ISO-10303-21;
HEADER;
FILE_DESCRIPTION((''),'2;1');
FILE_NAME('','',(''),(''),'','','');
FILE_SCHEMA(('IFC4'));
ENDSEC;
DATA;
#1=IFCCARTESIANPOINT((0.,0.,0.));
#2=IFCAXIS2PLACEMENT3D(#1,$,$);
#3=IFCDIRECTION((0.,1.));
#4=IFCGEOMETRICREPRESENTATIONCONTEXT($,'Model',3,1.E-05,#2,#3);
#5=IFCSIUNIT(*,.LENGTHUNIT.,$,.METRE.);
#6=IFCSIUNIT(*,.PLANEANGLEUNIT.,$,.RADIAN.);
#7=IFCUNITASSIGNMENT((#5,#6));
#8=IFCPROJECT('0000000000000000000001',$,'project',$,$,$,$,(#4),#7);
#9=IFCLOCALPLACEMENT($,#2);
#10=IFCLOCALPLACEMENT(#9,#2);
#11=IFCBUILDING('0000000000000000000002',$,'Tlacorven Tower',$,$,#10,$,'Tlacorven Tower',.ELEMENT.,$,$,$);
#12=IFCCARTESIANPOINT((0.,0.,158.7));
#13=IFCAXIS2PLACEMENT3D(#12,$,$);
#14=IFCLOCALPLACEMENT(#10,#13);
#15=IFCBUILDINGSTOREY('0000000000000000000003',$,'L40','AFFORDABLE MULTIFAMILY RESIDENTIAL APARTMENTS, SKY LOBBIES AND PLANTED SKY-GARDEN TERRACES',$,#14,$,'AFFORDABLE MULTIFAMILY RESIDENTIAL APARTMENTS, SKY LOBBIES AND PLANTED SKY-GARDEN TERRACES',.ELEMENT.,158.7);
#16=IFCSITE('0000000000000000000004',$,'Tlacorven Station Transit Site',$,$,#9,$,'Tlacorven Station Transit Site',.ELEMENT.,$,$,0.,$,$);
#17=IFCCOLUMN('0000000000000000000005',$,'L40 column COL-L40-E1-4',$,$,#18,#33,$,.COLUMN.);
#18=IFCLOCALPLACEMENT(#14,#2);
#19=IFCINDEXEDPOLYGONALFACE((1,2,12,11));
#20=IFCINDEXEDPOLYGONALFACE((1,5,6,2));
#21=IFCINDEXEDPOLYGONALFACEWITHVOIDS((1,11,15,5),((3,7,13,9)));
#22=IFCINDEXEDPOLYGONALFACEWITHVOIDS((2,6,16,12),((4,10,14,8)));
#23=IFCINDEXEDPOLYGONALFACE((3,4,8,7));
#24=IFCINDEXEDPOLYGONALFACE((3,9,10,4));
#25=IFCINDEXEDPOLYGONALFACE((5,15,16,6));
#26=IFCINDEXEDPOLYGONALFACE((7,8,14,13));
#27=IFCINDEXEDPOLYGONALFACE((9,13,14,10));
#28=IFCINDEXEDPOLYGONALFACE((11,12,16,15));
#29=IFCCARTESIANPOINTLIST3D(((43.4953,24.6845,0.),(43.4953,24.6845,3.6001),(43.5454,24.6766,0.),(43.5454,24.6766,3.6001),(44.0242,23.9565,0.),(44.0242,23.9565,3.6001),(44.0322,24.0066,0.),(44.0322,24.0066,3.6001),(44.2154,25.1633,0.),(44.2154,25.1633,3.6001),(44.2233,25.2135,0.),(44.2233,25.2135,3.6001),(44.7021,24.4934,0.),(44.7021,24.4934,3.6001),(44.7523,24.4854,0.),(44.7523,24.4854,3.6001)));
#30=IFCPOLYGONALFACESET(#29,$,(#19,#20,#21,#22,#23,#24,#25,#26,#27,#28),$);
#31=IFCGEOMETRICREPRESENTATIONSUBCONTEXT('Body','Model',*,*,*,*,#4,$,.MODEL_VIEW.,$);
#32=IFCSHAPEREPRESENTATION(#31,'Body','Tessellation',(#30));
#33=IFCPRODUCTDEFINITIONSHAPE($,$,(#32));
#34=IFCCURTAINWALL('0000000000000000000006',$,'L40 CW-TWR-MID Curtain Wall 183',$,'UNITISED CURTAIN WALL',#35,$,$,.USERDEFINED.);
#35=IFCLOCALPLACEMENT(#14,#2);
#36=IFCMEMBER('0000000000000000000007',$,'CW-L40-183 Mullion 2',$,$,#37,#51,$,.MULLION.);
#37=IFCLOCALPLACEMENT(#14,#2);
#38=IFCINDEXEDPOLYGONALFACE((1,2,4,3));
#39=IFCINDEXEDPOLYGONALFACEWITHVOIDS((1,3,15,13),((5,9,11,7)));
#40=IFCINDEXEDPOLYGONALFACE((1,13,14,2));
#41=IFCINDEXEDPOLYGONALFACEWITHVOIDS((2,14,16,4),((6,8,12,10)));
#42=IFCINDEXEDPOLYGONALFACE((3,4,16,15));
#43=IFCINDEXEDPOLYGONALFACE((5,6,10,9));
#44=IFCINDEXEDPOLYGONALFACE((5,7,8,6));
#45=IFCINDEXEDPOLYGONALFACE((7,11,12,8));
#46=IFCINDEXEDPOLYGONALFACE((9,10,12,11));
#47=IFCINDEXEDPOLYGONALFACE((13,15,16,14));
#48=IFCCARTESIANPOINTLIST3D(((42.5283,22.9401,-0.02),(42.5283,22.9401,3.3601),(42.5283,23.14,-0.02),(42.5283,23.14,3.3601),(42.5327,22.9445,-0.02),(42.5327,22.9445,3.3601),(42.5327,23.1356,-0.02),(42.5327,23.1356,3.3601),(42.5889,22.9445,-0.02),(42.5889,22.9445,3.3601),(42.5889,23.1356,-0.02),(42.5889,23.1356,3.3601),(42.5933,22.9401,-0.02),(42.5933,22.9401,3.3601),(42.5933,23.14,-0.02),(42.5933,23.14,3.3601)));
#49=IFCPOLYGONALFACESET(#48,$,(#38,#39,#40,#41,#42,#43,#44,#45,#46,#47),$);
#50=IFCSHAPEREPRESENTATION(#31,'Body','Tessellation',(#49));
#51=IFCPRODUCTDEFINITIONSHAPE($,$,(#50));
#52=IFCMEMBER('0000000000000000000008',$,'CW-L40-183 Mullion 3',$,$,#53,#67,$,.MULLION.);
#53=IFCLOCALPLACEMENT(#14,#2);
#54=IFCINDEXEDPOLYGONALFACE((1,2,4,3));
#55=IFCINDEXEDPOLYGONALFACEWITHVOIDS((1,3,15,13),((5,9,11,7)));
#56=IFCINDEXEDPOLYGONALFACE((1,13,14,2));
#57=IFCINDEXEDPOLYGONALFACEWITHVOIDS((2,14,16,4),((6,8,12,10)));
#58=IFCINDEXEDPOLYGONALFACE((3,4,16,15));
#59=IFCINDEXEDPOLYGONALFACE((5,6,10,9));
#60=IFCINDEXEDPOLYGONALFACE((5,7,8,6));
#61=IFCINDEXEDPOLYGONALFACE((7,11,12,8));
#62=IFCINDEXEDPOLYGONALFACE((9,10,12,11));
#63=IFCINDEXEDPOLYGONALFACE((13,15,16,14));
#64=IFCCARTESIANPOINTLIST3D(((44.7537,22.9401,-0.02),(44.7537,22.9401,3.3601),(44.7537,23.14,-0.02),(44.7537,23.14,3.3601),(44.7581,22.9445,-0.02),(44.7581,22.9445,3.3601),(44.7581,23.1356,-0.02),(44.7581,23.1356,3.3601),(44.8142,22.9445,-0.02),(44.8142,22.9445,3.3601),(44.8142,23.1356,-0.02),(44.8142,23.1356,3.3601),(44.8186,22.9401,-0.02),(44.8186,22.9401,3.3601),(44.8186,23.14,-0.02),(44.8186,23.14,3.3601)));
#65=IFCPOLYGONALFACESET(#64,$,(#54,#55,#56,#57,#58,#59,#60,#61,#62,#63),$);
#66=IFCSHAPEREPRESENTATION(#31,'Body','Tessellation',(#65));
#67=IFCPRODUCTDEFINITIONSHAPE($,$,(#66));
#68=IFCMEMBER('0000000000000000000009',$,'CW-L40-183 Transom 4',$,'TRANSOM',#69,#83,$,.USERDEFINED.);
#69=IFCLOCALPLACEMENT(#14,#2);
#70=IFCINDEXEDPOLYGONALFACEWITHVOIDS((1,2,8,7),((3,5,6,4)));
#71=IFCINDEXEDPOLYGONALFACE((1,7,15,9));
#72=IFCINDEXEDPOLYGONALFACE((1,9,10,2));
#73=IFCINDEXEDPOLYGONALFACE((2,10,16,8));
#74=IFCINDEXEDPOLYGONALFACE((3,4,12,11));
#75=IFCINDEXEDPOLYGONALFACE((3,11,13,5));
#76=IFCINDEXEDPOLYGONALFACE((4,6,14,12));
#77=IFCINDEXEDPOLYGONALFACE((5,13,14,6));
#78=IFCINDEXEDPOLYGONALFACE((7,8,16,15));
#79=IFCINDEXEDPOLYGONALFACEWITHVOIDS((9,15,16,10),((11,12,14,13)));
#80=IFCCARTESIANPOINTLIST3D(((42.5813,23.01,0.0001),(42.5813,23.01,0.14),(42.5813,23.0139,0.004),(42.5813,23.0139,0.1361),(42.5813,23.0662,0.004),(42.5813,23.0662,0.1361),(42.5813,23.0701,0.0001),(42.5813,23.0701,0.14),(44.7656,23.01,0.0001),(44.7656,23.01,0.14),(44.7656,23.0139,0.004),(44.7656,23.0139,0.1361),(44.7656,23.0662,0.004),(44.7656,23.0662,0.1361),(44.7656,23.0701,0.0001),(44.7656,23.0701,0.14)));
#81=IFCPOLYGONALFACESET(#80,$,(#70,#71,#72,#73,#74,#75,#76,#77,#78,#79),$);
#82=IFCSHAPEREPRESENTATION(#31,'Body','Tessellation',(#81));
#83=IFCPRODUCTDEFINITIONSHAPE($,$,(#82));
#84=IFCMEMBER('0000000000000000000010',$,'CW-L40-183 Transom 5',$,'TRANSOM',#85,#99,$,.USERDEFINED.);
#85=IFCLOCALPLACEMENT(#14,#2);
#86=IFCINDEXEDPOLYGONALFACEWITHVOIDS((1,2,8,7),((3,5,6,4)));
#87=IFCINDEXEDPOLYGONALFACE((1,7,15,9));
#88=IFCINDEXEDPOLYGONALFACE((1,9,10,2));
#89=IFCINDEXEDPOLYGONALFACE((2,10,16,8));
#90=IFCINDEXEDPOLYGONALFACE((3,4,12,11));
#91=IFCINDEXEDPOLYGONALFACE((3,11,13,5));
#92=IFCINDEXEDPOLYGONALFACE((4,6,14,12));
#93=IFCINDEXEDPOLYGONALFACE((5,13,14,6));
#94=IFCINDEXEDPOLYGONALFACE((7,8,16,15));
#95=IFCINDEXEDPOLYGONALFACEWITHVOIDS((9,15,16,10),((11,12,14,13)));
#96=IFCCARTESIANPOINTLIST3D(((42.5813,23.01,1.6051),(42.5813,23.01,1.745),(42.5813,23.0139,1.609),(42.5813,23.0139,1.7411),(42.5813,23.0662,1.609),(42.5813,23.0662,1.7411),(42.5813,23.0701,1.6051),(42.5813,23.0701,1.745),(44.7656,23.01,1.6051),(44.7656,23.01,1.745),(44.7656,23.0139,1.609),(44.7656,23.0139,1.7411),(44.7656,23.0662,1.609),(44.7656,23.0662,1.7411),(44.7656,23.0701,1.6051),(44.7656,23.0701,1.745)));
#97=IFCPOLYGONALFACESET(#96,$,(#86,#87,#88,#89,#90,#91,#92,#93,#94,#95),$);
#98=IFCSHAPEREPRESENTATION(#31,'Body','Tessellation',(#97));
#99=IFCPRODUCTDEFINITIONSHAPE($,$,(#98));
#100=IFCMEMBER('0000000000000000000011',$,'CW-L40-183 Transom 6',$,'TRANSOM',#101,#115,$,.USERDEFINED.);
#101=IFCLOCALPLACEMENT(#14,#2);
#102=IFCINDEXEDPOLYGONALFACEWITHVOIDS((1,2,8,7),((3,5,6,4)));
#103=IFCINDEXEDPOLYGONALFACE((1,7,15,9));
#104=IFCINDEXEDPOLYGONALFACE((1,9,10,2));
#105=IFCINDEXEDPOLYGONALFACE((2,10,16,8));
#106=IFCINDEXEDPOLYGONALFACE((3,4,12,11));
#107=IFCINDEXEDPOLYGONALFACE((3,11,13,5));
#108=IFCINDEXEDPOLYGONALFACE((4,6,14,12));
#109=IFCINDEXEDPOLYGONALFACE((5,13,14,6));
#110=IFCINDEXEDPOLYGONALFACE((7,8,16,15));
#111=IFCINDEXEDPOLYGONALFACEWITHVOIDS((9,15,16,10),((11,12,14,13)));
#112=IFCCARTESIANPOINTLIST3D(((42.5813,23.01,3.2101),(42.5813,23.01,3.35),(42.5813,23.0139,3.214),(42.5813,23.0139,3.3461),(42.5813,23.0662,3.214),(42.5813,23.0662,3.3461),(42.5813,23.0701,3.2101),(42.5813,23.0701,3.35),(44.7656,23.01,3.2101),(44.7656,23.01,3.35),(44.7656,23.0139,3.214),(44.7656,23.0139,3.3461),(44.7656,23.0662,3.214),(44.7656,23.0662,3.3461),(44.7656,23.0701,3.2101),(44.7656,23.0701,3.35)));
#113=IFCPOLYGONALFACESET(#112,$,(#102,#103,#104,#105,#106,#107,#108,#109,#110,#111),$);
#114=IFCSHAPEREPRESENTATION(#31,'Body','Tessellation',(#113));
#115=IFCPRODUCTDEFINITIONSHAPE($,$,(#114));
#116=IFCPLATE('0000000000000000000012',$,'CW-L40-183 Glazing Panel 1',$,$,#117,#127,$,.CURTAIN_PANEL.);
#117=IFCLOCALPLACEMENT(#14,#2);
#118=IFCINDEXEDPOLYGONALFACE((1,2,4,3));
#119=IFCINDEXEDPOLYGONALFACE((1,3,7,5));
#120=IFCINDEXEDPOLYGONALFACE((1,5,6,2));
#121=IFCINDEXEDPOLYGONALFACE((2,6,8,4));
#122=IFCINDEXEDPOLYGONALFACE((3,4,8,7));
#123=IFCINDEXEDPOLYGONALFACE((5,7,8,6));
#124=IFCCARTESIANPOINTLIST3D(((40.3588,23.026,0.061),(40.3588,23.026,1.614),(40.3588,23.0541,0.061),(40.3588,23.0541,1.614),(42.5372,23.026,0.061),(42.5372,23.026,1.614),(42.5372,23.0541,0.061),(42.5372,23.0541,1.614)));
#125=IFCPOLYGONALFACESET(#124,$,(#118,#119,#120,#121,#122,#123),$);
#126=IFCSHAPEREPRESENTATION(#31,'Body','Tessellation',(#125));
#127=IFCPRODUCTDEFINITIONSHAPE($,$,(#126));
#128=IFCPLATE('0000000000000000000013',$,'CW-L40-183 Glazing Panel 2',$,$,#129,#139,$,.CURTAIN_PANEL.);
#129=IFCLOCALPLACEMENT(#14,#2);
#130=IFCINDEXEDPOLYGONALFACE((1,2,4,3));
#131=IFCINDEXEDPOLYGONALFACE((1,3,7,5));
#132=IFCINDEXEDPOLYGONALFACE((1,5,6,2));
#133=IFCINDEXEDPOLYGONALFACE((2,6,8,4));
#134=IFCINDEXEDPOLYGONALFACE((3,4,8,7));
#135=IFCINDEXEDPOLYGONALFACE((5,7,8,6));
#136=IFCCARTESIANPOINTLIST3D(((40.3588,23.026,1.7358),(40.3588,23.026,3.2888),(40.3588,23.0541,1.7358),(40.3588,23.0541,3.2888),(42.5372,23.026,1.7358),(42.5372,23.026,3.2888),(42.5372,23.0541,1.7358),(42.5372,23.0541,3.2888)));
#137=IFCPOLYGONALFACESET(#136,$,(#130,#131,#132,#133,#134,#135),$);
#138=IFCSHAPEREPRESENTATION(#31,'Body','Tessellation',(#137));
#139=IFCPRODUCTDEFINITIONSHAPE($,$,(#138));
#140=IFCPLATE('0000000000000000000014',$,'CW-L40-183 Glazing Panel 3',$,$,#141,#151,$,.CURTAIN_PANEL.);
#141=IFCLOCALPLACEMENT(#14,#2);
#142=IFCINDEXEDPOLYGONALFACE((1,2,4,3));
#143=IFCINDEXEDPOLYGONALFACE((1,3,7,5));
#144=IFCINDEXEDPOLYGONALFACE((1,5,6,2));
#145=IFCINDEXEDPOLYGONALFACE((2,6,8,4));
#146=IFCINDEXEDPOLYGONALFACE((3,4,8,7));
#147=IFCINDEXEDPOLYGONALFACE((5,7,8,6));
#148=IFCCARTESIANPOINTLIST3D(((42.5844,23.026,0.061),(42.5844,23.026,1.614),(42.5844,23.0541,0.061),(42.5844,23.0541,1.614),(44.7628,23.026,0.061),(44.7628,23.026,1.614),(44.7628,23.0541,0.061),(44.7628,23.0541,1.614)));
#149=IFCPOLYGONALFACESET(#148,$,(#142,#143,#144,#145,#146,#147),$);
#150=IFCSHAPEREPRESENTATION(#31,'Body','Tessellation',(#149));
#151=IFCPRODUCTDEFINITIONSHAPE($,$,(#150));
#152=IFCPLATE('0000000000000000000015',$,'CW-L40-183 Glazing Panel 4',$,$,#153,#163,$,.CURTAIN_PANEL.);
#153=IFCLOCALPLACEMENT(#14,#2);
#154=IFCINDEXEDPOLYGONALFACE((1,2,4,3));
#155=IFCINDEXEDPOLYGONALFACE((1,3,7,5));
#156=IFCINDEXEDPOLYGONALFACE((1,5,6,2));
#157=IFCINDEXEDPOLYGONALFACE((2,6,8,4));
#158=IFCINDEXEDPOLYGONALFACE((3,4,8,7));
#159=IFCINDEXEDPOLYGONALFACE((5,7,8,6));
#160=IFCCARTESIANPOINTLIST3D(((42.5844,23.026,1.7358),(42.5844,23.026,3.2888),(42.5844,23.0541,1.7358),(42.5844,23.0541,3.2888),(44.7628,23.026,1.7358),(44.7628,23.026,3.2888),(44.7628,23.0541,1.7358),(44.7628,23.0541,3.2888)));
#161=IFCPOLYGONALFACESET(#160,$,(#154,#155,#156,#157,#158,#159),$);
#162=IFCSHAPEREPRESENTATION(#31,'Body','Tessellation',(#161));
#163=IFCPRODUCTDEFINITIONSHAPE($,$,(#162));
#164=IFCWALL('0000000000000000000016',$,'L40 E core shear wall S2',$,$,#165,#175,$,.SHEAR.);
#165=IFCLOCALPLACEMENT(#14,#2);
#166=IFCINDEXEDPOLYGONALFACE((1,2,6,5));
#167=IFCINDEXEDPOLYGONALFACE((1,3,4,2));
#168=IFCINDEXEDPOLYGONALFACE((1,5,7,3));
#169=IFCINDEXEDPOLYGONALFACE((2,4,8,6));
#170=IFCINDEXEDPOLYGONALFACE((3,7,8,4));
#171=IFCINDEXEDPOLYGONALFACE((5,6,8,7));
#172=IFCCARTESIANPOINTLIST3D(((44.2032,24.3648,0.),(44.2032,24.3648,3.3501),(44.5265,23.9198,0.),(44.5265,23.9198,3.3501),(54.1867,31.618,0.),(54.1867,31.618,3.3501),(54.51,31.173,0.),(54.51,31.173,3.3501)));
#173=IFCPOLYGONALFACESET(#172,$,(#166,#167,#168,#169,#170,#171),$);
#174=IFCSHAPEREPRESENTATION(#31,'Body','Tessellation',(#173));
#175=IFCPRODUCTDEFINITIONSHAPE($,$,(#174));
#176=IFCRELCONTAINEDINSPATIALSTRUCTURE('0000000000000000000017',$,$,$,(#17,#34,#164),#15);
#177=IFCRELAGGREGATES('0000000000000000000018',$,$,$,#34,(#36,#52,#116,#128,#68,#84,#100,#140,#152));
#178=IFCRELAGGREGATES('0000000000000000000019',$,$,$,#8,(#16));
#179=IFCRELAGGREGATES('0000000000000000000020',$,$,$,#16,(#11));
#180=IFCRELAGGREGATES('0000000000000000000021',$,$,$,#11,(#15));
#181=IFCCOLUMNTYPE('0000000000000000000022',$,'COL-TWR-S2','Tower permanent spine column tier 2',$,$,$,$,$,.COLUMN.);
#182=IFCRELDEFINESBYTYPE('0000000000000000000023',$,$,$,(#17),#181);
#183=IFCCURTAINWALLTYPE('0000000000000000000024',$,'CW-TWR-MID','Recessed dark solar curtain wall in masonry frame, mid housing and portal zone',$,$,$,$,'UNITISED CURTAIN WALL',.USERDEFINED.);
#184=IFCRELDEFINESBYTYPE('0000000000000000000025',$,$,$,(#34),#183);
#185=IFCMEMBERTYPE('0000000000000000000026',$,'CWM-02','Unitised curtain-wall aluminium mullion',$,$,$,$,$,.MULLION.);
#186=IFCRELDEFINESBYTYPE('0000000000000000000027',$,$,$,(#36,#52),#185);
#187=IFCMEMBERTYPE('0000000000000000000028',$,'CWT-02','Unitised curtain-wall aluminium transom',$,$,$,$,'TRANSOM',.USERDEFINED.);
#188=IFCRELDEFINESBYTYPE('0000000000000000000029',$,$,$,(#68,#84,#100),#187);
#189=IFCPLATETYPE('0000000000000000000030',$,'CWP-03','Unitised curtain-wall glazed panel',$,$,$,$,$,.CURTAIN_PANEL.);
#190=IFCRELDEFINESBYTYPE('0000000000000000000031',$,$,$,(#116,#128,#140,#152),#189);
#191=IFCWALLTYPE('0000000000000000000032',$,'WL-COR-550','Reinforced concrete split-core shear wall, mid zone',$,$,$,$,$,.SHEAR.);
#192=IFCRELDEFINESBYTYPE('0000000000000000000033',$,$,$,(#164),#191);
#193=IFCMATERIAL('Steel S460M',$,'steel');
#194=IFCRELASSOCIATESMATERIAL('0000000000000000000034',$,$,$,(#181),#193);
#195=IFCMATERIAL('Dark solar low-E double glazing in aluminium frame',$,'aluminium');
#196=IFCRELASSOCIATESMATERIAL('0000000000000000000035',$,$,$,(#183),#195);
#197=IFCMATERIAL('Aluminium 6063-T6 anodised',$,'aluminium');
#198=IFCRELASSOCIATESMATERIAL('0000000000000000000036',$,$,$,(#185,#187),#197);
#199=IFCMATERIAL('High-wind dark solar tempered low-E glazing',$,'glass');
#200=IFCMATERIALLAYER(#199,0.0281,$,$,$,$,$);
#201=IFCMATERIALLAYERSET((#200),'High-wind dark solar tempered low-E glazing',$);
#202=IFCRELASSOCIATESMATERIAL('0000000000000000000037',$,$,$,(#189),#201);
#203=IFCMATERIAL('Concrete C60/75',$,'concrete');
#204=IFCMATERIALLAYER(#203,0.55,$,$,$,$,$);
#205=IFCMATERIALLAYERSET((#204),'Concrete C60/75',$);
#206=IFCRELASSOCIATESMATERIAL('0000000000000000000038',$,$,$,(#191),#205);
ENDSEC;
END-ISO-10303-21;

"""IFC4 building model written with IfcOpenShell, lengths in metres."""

from ifc_helpers import new_model, si_unit, direction, frame, frame_2d, origin, origin_2d, place, context, subcontext, project, spatial, rectangle, hollow_rectangle, extrude, source, transform, mapped, material, layer, layer_set, material_profile, profile_set, type_object, element, aggregate, save


model = new_model("IFC4")

# Units and contexts
model_context = context("Model", 3, precision=1e-05, world=origin(), true_north=direction((0.0, 1.0)))
body_context = subcontext(model_context, "Body", "Model", "MODEL_VIEW")
ifc_project = project(units=[si_unit("LENGTHUNIT", "METRE"), si_unit("PLANEANGLEUNIT", "RADIAN")], contexts=[model_context])

# Site, building, storey
site_placement = place(None, origin())
site = spatial("IfcSite", under=ifc_project, at=site_placement, Name="Tlacorven Station Transit Site", LongName="Tlacorven Station Transit Site", CompositionType="ELEMENT", RefElevation=0.0)
building_placement = place(site_placement, origin())
building = spatial("IfcBuilding", under=site, at=building_placement, Name="Tlacorven Tower", LongName="Tlacorven Tower", CompositionType="ELEMENT")
storey_placement = place(building_placement, frame((0.0, 0.0, 158.7)))
storey = spatial("IfcBuildingStorey", under=building, at=storey_placement, Name="L40", Description="AFFORDABLE MULTIFAMILY RESIDENTIAL APARTMENTS, SKY LOBBIES AND PLANTED SKY-GARDEN TERRACES", LongName="AFFORDABLE MULTIFAMILY RESIDENTIAL APARTMENTS, SKY LOBBIES AND PLANTED SKY-GARDEN TERRACES", CompositionType="ELEMENT", Elevation=158.7)

# Column
ifc_material_1 = material(Name="Steel S460M", Category="steel")
ifc_material_profile_1 = material_profile(ifc_material_1, hollow_rectangle(XDim=0.8999, YDim=0.8999, WallThickness=0.0359, at=origin_2d()), Name="BOX 900X900X36")
ifc_profile_set_1 = profile_set([ifc_material_profile_1], Name="Steel S460M")
column_type = type_object("IfcColumnType", Name="COL-TWR-S2", Description="Tower permanent spine column tier 2", PredefinedType="COLUMN", material=ifc_profile_set_1)
shared_shape_1 = source(origin(), body_context, "Body", "SweptSolid", [
    extrude(hollow_rectangle(XDim=0.8999, YDim=0.8999, WallThickness=0.0359, at=origin_2d()), origin(), (0.0, 0.0, 1.0), 3.6001),
])
column_placement = place(storey_placement, frame((44.1238, 24.585, 0.0), z_axis=(0.0, 0.0, 1.0), x_axis=(0.809017, 0.587785, 0.0)))
element("IfcColumn", 1, at=column_placement, inside=storey, type_object=column_type, Name="L40 column COL-L40-E1-4", PredefinedType="COLUMN", context=body_context, shape_type="MappedRepresentation", body=[
    mapped(shared_shape_1, transform((0.0, 0.0, 0.0), scale=1.0)),
])

# Curtain wall, members, plates
ifc_material_2 = material(Name="Dark solar low-E double glazing in aluminium frame", Category="aluminium")
curtain_wall_type = type_object("IfcCurtainWallType", Name="CW-TWR-MID", Description="Recessed dark solar curtain wall in masonry frame, mid housing and portal zone", ElementType="UNITISED CURTAIN WALL", PredefinedType="USERDEFINED", material=ifc_material_2)
curtain_wall_placement = place(storey_placement, origin())
curtain_wall = element("IfcCurtainWall", 2, at=curtain_wall_placement, inside=storey, type_object=curtain_wall_type, Name="L40 CW-TWR-MID Curtain Wall 183", ObjectType="UNITISED CURTAIN WALL", PredefinedType="USERDEFINED")
ifc_material_3 = material(Name="Aluminium 6063-T6 anodised", Category="aluminium")
ifc_material_profile_2 = material_profile(ifc_material_3, hollow_rectangle(XDim=0.0649, YDim=0.2, WallThickness=0.0044, at=origin_2d()), Name="ALU MULLION 65X200")
ifc_profile_set_2 = profile_set([ifc_material_profile_2], Name="Aluminium 6063-T6 anodised")
member_type_1 = type_object("IfcMemberType", Name="CWM-02", Description="Unitised curtain-wall aluminium mullion", PredefinedType="MULLION", material=ifc_profile_set_2)
shared_shape_2 = source(origin(), body_context, "Body", "SweptSolid", [
    extrude(hollow_rectangle(XDim=0.0649, YDim=0.2, WallThickness=0.0044, at=origin_2d()), origin(), (0.0, 0.0, 1.0), 3.3801),
])
member_1_placement = place(storey_placement, frame((42.5608, 23.04, -0.02), z_axis=(0.0, 0.0, 1.0), x_axis=(1.0, 0.0, 0.0)))
member_1 = element("IfcMember", 3, at=member_1_placement, type_object=member_type_1, Name="CW-L40-183 Mullion 2", PredefinedType="MULLION", context=body_context, shape_type="MappedRepresentation", body=[
    mapped(shared_shape_2, transform((0.0, 0.0, 0.0), scale=1.0)),
])
member_2_placement = place(storey_placement, frame((44.7861, 23.04, -0.02), z_axis=(0.0, 0.0, 1.0), x_axis=(1.0, 0.0, 0.0)))
member_2 = element("IfcMember", 4, at=member_2_placement, type_object=member_type_1, Name="CW-L40-183 Mullion 3", PredefinedType="MULLION", context=body_context, shape_type="MappedRepresentation", body=[
    mapped(shared_shape_2, transform((0.0, 0.0, 0.0), scale=1.0)),
])
ifc_material_profile_3 = material_profile(ifc_material_3, hollow_rectangle(XDim=0.0601, YDim=0.1399, WallThickness=0.0039, at=origin_2d()), Name="ALU TRANSOM 60X140")
ifc_profile_set_3 = profile_set([ifc_material_profile_3], Name="Aluminium 6063-T6 anodised")
member_type_2 = type_object("IfcMemberType", Name="CWT-02", Description="Unitised curtain-wall aluminium transom", ElementType="TRANSOM", PredefinedType="USERDEFINED", material=ifc_profile_set_3)
shared_shape_3 = source(origin(), body_context, "Body", "SweptSolid", [
    extrude(hollow_rectangle(XDim=0.0601, YDim=0.1399, WallThickness=0.0039, at=origin_2d()), origin(), (0.0, 0.0, 1.0), 2.1843),
])
member_3_placement = place(storey_placement, frame((42.5813, 23.04, 0.0701), z_axis=(1.0, 0.0, 0.0), x_axis=(0.0, 1.0, 0.0)))
member_3 = element("IfcMember", 5, at=member_3_placement, type_object=member_type_2, Name="CW-L40-183 Transom 4", ObjectType="TRANSOM", PredefinedType="USERDEFINED", context=body_context, shape_type="MappedRepresentation", body=[
    mapped(shared_shape_3, transform((0.0, 0.0, 0.0), scale=1.0)),
])
member_4_placement = place(storey_placement, frame((42.5813, 23.04, 1.675), z_axis=(1.0, 0.0, 0.0), x_axis=(0.0, 1.0, 0.0)))
member_4 = element("IfcMember", 6, at=member_4_placement, type_object=member_type_2, Name="CW-L40-183 Transom 5", ObjectType="TRANSOM", PredefinedType="USERDEFINED", context=body_context, shape_type="MappedRepresentation", body=[
    mapped(shared_shape_3, transform((0.0, 0.0, 0.0), scale=1.0)),
])
member_5_placement = place(storey_placement, frame((42.5813, 23.04, 3.28), z_axis=(1.0, 0.0, 0.0), x_axis=(0.0, 1.0, 0.0)))
member_5 = element("IfcMember", 7, at=member_5_placement, type_object=member_type_2, Name="CW-L40-183 Transom 6", ObjectType="TRANSOM", PredefinedType="USERDEFINED", context=body_context, shape_type="MappedRepresentation", body=[
    mapped(shared_shape_3, transform((0.0, 0.0, 0.0), scale=1.0)),
])
ifc_material_4 = material(Name="High-wind dark solar tempered low-E glazing", Category="glass")
ifc_layer_1 = layer(ifc_material_4, 0.0281)
ifc_layer_set_1 = layer_set([ifc_layer_1], Name="High-wind dark solar tempered low-E glazing")
plate_type = type_object("IfcPlateType", Name="CWP-03", Description="Unitised curtain-wall glazed panel", PredefinedType="CURTAIN_PANEL", material=ifc_layer_set_1)
shared_shape_4 = source(origin(), body_context, "Body", "SweptSolid", [
    extrude(rectangle(XDim=2.1785, YDim=0.0281, at=origin_2d()), origin(), (0.0, 0.0, 1.0), 1.553),
])
plate_1_placement = place(storey_placement, frame((41.448, 23.04, 0.061), z_axis=(0.0, 0.0, 1.0), x_axis=(1.0, 0.0, 0.0)))
plate_1 = element("IfcPlate", 8, at=plate_1_placement, type_object=plate_type, Name="CW-L40-183 Glazing Panel 1", PredefinedType="CURTAIN_PANEL", context=body_context, shape_type="MappedRepresentation", body=[
    mapped(shared_shape_4, transform((0.0, 0.0, 0.0), scale=1.0)),
])
plate_2_placement = place(storey_placement, frame((41.448, 23.04, 1.7358), z_axis=(0.0, 0.0, 1.0), x_axis=(1.0, 0.0, 0.0)))
plate_2 = element("IfcPlate", 9, at=plate_2_placement, type_object=plate_type, Name="CW-L40-183 Glazing Panel 2", PredefinedType="CURTAIN_PANEL", context=body_context, shape_type="MappedRepresentation", body=[
    mapped(shared_shape_4, transform((0.0, 0.0, 0.0), scale=1.0)),
])
plate_3_placement = place(storey_placement, frame((43.6736, 23.04, 0.061), z_axis=(0.0, 0.0, 1.0), x_axis=(1.0, 0.0, 0.0)))
plate_3 = element("IfcPlate", 10, at=plate_3_placement, type_object=plate_type, Name="CW-L40-183 Glazing Panel 3", PredefinedType="CURTAIN_PANEL", context=body_context, shape_type="MappedRepresentation", body=[
    mapped(shared_shape_4, transform((0.0, 0.0, 0.0), scale=1.0)),
])
plate_4_placement = place(storey_placement, frame((43.6736, 23.04, 1.7358), z_axis=(0.0, 0.0, 1.0), x_axis=(1.0, 0.0, 0.0)))
plate_4 = element("IfcPlate", 11, at=plate_4_placement, type_object=plate_type, Name="CW-L40-183 Glazing Panel 4", PredefinedType="CURTAIN_PANEL", context=body_context, shape_type="MappedRepresentation", body=[
    mapped(shared_shape_4, transform((0.0, 0.0, 0.0), scale=1.0)),
])
aggregate(curtain_wall, [member_1, member_2, plate_1, plate_2, member_3, member_4, member_5, plate_3, plate_4])

# Wall
ifc_material_5 = material(Name="Concrete C60/75", Category="concrete")
ifc_layer_2 = layer(ifc_material_5, 0.55)
ifc_layer_set_2 = layer_set([ifc_layer_2], Name="Concrete C60/75")
wall_type_1 = type_object("IfcWallType", Name="WL-COR-550", Description="Reinforced concrete split-core shear wall, mid zone", PredefinedType="SHEAR", material=ifc_layer_set_2)
wall_1_placement = place(storey_placement, frame((44.365, 24.1423, 0.0), z_axis=(0.0, 0.0, 1.0), x_axis=(0.809024, 0.587775, 0.0)))
element("IfcWall", 12, at=wall_1_placement, inside=storey, type_object=wall_type_1, Name="L40 E core shear wall S2", PredefinedType="SHEAR", context=body_context, shape_type="SweptSolid", body=[
    extrude(rectangle(XDim=12.3401, YDim=0.55, at=frame_2d((6.1699, 0.0))), origin(), (0.0, 0.0, 1.0), 3.3501),
])

save(model, "model.ifc")
